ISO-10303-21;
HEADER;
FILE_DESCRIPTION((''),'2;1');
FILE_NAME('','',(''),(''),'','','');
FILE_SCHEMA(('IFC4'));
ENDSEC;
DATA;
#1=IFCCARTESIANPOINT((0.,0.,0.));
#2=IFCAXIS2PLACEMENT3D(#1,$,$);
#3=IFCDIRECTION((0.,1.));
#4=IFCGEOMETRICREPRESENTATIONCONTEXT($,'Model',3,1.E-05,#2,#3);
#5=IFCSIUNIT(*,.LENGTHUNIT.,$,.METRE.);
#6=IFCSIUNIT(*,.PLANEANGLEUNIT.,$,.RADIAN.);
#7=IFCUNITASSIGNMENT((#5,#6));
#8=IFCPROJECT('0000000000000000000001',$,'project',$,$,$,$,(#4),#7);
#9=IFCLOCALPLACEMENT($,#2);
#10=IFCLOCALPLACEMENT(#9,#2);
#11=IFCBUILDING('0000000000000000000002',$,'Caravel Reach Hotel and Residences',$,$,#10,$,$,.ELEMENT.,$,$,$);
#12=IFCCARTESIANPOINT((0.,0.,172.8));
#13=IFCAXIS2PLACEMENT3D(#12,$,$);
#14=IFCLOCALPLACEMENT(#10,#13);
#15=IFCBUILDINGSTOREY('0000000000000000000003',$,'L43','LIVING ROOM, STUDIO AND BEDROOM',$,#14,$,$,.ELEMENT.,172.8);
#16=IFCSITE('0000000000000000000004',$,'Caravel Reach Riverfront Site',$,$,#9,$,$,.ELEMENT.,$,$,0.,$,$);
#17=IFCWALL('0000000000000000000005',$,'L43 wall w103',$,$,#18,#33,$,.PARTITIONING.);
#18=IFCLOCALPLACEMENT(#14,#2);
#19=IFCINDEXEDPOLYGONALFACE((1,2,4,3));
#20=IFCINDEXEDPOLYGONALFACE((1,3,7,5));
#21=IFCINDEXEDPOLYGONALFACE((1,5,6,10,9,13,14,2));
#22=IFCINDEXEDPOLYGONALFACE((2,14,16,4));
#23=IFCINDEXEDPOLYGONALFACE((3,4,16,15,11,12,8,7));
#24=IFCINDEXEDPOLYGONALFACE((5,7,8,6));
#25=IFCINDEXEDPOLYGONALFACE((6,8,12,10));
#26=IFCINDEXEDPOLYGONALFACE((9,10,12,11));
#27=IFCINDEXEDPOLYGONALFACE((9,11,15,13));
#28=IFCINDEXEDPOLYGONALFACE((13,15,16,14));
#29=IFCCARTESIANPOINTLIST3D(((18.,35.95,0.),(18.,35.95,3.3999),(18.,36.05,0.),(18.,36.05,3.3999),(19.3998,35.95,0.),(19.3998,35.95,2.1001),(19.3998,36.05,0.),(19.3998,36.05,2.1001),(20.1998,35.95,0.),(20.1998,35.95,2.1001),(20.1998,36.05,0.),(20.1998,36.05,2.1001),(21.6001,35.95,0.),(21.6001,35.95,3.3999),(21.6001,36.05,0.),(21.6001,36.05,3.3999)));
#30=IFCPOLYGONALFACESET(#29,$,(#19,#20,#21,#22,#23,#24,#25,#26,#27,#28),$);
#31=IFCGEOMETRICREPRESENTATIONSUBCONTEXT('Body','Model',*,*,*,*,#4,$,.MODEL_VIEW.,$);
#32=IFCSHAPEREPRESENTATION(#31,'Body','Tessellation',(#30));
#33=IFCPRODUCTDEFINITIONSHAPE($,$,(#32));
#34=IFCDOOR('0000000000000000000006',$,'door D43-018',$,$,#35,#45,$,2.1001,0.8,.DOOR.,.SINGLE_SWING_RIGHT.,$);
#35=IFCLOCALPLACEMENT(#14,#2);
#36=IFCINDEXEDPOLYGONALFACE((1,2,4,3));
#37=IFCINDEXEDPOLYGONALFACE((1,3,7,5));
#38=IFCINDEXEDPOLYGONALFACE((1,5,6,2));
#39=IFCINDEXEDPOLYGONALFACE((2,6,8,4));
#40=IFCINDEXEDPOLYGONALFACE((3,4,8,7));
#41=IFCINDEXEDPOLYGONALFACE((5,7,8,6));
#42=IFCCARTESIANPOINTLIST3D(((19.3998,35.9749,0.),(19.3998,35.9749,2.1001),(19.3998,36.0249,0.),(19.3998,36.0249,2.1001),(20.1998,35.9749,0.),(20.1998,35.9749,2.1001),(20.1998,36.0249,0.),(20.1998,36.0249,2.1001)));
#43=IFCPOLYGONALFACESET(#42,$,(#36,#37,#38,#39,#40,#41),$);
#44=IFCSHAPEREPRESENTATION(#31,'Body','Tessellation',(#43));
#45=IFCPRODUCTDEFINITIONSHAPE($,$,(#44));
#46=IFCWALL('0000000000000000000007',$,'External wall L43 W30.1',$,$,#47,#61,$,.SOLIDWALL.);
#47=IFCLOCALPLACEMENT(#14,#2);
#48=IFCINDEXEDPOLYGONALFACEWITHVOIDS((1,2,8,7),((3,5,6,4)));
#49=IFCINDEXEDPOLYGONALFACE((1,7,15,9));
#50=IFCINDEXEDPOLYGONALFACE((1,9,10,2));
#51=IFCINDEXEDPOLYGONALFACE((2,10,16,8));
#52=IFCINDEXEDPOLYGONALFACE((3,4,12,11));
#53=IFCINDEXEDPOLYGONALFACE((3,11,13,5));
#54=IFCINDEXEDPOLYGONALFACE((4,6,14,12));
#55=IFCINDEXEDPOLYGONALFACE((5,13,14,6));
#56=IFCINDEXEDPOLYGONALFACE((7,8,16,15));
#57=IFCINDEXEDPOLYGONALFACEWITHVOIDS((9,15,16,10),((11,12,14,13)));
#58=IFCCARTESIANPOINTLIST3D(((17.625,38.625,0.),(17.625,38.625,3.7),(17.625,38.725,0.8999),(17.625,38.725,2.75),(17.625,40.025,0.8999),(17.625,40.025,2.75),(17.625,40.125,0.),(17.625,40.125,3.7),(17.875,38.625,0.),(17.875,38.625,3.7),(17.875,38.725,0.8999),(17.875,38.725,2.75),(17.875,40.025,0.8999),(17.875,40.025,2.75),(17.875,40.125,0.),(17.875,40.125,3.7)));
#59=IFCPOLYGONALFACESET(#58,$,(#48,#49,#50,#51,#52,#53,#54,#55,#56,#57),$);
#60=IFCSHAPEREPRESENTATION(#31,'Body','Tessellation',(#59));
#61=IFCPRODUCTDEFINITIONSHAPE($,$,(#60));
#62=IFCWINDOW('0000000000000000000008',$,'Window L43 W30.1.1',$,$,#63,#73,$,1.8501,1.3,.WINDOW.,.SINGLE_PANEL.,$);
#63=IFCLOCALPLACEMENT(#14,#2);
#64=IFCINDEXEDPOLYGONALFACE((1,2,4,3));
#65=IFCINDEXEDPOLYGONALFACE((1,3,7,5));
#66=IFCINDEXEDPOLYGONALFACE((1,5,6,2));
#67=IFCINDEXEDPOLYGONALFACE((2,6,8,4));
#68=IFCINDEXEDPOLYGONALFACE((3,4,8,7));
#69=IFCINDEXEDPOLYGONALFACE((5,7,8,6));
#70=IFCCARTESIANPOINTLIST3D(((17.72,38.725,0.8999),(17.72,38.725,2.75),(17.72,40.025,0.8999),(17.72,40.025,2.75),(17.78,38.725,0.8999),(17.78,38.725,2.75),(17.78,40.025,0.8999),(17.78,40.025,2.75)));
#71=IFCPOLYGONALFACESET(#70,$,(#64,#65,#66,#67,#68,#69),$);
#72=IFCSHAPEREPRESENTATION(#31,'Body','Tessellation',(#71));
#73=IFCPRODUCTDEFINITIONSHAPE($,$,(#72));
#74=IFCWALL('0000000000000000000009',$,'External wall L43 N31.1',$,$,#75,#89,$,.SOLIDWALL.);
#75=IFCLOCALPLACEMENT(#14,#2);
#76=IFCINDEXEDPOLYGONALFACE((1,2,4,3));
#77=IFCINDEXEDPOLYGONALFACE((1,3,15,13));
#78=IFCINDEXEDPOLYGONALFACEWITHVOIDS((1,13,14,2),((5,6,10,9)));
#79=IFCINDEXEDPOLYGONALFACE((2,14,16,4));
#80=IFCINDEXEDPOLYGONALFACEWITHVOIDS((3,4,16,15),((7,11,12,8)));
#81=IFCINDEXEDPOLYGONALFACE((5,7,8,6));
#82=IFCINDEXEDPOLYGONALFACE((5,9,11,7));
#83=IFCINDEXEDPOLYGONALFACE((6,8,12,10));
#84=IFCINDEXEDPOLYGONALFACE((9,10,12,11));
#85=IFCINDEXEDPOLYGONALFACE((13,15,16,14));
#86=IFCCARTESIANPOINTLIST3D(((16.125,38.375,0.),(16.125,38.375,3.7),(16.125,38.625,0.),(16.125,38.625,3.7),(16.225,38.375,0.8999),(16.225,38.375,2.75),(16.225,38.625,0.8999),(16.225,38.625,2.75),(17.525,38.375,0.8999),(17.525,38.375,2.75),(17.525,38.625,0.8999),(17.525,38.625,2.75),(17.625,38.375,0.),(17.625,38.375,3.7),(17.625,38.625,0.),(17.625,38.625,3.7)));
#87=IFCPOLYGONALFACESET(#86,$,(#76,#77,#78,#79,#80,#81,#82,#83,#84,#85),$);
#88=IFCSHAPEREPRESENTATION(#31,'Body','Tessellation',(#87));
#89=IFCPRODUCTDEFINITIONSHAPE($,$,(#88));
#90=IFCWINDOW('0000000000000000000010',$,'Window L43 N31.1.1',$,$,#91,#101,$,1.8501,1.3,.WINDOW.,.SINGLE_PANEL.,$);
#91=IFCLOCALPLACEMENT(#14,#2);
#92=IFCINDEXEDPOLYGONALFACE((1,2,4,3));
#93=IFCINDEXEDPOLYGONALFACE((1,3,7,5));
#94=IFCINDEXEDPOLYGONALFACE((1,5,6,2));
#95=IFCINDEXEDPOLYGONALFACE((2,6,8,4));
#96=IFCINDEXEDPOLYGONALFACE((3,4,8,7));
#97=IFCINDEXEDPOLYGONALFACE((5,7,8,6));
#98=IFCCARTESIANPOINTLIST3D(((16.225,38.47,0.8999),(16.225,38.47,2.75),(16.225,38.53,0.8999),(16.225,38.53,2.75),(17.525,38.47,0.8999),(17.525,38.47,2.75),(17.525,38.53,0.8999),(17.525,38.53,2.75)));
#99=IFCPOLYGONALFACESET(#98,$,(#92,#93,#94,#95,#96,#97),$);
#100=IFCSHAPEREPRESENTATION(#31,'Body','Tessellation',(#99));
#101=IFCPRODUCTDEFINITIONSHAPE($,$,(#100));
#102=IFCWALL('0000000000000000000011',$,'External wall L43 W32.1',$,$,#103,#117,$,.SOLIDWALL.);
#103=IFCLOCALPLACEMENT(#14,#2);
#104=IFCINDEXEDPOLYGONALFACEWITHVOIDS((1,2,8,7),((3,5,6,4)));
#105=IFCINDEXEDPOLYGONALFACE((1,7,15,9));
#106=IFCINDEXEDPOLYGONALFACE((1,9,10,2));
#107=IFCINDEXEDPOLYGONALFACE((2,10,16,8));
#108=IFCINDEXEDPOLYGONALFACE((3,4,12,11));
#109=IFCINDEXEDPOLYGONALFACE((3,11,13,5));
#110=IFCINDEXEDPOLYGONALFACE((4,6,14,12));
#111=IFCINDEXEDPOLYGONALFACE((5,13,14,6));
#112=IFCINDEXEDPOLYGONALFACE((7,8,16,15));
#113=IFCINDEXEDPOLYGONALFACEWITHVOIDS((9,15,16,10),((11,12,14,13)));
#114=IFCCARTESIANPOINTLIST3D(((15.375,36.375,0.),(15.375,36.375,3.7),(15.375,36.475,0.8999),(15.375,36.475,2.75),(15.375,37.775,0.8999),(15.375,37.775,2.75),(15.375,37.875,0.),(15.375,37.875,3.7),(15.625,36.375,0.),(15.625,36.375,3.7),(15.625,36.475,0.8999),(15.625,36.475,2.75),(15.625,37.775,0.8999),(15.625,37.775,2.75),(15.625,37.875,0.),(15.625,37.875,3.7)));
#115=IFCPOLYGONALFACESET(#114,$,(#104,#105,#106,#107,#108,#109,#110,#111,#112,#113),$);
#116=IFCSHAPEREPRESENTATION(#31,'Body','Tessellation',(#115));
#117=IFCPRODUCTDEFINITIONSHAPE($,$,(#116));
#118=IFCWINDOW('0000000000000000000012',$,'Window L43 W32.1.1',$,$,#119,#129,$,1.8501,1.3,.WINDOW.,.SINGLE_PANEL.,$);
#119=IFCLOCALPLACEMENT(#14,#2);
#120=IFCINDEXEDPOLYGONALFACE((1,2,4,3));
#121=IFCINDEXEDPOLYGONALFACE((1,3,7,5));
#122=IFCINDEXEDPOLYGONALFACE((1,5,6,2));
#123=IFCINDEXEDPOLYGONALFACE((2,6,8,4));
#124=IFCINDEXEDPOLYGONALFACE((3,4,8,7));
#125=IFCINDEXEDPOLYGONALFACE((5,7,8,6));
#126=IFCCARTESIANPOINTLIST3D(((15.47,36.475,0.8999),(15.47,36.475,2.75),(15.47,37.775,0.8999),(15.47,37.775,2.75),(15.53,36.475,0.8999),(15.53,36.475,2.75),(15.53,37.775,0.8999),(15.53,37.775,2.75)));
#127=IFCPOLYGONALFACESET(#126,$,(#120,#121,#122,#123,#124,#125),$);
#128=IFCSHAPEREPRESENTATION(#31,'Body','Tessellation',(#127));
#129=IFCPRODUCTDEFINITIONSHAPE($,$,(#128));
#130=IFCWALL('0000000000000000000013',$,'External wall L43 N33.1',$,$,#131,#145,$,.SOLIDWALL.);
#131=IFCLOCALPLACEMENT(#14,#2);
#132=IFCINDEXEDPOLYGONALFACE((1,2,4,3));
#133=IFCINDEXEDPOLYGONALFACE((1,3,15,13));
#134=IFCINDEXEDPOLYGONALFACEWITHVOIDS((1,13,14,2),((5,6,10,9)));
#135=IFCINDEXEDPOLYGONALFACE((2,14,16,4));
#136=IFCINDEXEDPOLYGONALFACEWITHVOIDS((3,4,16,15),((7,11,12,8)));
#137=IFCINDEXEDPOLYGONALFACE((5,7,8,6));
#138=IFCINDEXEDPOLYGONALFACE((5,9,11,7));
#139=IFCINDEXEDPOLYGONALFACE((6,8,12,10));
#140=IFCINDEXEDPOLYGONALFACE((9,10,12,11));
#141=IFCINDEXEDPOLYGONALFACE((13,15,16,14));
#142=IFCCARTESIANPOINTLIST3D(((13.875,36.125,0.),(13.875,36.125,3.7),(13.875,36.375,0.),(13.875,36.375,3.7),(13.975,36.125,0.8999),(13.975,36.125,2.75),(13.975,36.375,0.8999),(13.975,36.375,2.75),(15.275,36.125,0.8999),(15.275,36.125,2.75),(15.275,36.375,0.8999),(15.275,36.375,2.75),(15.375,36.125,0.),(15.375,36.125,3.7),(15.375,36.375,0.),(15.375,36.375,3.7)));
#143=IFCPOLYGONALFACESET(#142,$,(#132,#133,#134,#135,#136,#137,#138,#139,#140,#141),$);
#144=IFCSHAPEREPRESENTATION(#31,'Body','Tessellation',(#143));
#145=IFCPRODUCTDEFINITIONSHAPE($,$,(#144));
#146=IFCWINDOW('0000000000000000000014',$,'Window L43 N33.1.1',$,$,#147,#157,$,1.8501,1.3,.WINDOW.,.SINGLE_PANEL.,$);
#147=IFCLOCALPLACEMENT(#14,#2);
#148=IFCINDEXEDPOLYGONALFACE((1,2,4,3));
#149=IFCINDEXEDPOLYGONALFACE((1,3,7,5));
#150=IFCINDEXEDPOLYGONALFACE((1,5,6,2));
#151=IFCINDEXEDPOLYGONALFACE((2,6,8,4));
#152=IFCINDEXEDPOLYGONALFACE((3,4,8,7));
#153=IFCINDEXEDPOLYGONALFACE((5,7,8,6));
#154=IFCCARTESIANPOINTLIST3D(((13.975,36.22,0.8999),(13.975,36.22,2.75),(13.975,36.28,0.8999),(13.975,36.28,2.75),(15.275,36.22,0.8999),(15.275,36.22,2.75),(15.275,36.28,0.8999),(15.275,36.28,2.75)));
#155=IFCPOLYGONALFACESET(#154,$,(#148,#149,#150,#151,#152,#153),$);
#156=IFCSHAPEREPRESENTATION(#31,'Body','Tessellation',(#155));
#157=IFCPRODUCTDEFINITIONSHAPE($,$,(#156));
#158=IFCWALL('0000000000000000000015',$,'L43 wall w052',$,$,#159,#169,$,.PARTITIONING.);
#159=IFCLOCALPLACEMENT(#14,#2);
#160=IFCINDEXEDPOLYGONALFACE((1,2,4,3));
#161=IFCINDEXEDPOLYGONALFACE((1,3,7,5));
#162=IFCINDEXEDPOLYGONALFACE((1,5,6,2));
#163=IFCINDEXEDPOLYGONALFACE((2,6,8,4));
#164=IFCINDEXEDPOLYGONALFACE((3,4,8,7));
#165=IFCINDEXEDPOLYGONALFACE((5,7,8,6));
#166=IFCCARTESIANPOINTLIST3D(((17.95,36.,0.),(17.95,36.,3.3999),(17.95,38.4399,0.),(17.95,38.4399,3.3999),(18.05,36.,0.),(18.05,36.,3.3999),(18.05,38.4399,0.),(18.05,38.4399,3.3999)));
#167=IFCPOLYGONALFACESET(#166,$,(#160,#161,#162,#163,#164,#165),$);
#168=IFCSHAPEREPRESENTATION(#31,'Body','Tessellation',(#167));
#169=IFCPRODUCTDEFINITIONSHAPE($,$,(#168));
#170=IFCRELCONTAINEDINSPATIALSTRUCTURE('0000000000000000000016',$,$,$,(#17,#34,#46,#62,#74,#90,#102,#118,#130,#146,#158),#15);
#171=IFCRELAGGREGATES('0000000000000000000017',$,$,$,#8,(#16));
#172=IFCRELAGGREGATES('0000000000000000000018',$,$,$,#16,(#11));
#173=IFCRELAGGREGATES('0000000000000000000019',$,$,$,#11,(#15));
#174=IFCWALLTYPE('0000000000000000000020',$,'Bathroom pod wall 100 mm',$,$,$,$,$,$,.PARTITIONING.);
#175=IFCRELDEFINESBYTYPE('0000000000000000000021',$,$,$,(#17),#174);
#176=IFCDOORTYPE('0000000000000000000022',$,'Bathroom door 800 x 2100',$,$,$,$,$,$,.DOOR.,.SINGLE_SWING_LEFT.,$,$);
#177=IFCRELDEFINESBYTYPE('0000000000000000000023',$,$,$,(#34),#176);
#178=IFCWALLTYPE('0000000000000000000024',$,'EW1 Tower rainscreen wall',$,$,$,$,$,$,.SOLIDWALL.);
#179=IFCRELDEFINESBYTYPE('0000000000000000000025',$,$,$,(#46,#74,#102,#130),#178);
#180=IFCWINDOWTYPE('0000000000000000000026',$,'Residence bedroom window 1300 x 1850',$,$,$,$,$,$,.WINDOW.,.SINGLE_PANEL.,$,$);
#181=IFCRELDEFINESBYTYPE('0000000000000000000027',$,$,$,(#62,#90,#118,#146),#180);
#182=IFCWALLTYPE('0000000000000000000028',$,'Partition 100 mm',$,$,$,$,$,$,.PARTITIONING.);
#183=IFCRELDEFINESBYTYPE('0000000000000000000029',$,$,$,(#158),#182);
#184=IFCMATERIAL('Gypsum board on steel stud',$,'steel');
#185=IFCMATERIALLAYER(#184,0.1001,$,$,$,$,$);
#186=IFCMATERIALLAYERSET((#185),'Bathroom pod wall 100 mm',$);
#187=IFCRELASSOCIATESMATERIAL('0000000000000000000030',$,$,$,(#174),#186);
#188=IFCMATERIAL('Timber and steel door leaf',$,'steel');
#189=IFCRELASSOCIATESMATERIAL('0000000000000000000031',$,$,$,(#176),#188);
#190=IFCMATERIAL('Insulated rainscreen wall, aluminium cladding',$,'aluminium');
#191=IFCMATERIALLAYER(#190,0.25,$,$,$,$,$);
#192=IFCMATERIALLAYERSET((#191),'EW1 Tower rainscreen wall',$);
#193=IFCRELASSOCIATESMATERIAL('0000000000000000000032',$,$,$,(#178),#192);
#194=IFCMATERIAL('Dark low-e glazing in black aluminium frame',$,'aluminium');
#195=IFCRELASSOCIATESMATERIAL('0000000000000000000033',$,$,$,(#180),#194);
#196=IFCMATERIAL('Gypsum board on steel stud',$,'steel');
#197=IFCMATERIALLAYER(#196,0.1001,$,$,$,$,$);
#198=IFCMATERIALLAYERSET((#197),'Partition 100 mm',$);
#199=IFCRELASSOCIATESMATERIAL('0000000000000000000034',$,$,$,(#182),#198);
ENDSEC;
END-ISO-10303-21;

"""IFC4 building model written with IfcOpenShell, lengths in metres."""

from ifc_helpers import new_model, si_unit, direction, frame, frame_2d, origin, place, context, subcontext, project, spatial, rectangle, extrude, material, layer, layer_set, type_object, element, fill, save


model = new_model("IFC4")

# Units and contexts
model_context = context("Model", 3, precision=1e-05, world=origin(), true_north=direction((0.0, 1.0)))
body_context = subcontext(model_context, "Body", "Model", "MODEL_VIEW")
ifc_project = project(units=[si_unit("LENGTHUNIT", "METRE"), si_unit("PLANEANGLEUNIT", "RADIAN")], contexts=[model_context])

# Site, building, storey
site_placement = place(None, origin())
site = spatial("IfcSite", under=ifc_project, at=site_placement, Name="Caravel Reach Riverfront Site", CompositionType="ELEMENT", RefElevation=0.0)
building_placement = place(site_placement, origin())
building = spatial("IfcBuilding", under=site, at=building_placement, Name="Caravel Reach Hotel and Residences", CompositionType="ELEMENT")
storey_placement = place(building_placement, frame((0.0, 0.0, 172.8)))
storey = spatial("IfcBuildingStorey", under=building, at=storey_placement, Name="L43", Description="LIVING ROOM, STUDIO AND BEDROOM", CompositionType="ELEMENT", Elevation=172.8)

# Wall, opening, door
ifc_material_1 = material(Name="Gypsum board on steel stud", Category="steel")
ifc_layer_1 = layer(ifc_material_1, 0.1001)
ifc_layer_set_1 = layer_set([ifc_layer_1], Name="Bathroom pod wall 100 mm")
wall_type_1 = type_object("IfcWallType", Name="Bathroom pod wall 100 mm", PredefinedType="PARTITIONING", material=ifc_layer_set_1)
wall_1_placement = place(storey_placement, frame((18.0, 36.0, 0.0), z_axis=(0.0, 0.0, 1.0), x_axis=(1.0, 0.0, 0.0)))
wall_1 = element("IfcWall", 1, at=wall_1_placement, inside=storey, type_object=wall_type_1, Name="L43 wall w103", PredefinedType="PARTITIONING", context=body_context, shape_type="SweptSolid", body=[
    extrude(rectangle(XDim=3.6001, YDim=0.1001, at=frame_2d((1.8, 0.0))), origin(), (0.0, 0.0, 1.0), 3.3999),
])
opening_1_placement = place(wall_1_placement, frame((1.3999, 0.0, 0.0)))
opening_1 = element("IfcOpeningElement", 2, at=opening_1_placement, cuts=wall_1, PredefinedType="OPENING", context=body_context, shape_type="SweptSolid", body=[
    extrude(rectangle(XDim=0.8, YDim=2.1001, at=frame_2d((0.3999, 1.05))), frame((0.0, 0.0601, 0.0), z_axis=(0.0, -1.0, 0.0), x_axis=(1.0, 0.0, 0.0)), (0.0, 0.0, 1.0), 0.1201),
])
ifc_material_2 = material(Name="Timber and steel door leaf", Category="steel")
door_type = type_object("IfcDoorType", Name="Bathroom door 800 x 2100", OperationType="SINGLE_SWING_LEFT", PredefinedType="DOOR", material=ifc_material_2)
door_placement = place(opening_1_placement, origin())
door = element("IfcDoor", 3, at=door_placement, inside=storey, type_object=door_type, Name="door D43-018", OperationType="SINGLE_SWING_RIGHT", OverallHeight=2.1001, OverallWidth=0.8, PredefinedType="DOOR", context=body_context, shape_type="SweptSolid", body=[
    extrude(rectangle(XDim=0.8, YDim=2.1001, at=frame_2d((0.3999, 1.05))), frame((0.0, 0.0249, 0.0), z_axis=(0.0, -1.0, 0.0), x_axis=(1.0, 0.0, 0.0)), (0.0, 0.0, 1.0), 0.05),
])
fill(opening_1, door)

# Walls, openings, windows
ifc_material_3 = material(Name="Insulated rainscreen wall, aluminium cladding", Category="aluminium")
ifc_layer_2 = layer(ifc_material_3, 0.25)
ifc_layer_set_2 = layer_set([ifc_layer_2], Name="EW1 Tower rainscreen wall")
wall_type_2 = type_object("IfcWallType", Name="EW1 Tower rainscreen wall", PredefinedType="SOLIDWALL", material=ifc_layer_set_2)
wall_2_placement = place(storey_placement, frame((17.75, 40.125, 0.0), z_axis=(0.0, 0.0, 1.0), x_axis=(0.0, -1.0, 0.0)))
wall_2 = element("IfcWall", 4, at=wall_2_placement, inside=storey, type_object=wall_type_2, Name="External wall L43 W30.1", PredefinedType="SOLIDWALL", context=body_context, shape_type="SweptSolid", body=[
    extrude(rectangle(XDim=1.5, YDim=0.25, at=frame_2d((0.75, 0.0))), origin(), (0.0, 0.0, 1.0), 3.7),
])
opening_2_placement = place(wall_2_placement, frame((0.1001, 0.0, 0.8999)))
opening_2 = element("IfcOpeningElement", 5, at=opening_2_placement, cuts=wall_2, PredefinedType="OPENING", context=body_context, shape_type="SweptSolid", body=[
    extrude(rectangle(XDim=1.3, YDim=1.8501, at=frame_2d((0.6499, 0.925))), frame((0.0, 0.135, 0.0), z_axis=(0.0, -1.0, 0.0), x_axis=(1.0, 0.0, 0.0)), (0.0, 0.0, 1.0), 0.27),
])
ifc_material_4 = material(Name="Dark low-e glazing in black aluminium frame", Category="aluminium")
window_type = type_object("IfcWindowType", Name="Residence bedroom window 1300 x 1850", PartitioningType="SINGLE_PANEL", PredefinedType="WINDOW", material=ifc_material_4)
window_1_placement = place(opening_2_placement, origin())
window_1 = element("IfcWindow", 6, at=window_1_placement, inside=storey, type_object=window_type, Name="Window L43 W30.1.1", OverallHeight=1.8501, OverallWidth=1.3, PartitioningType="SINGLE_PANEL", PredefinedType="WINDOW", context=body_context, shape_type="SweptSolid", body=[
    extrude(rectangle(XDim=1.3, YDim=1.8501, at=frame_2d((0.6499, 0.925))), frame((0.0, 0.03, 0.0), z_axis=(0.0, -1.0, 0.0), x_axis=(1.0, 0.0, 0.0)), (0.0, 0.0, 1.0), 0.0601),
])
fill(opening_2, window_1)
wall_3_placement = place(storey_placement, frame((17.625, 38.5, 0.0), z_axis=(0.0, 0.0, 1.0), x_axis=(-1.0, 0.0, 0.0)))
wall_3 = element("IfcWall", 7, at=wall_3_placement, inside=storey, type_object=wall_type_2, Name="External wall L43 N31.1", PredefinedType="SOLIDWALL", context=body_context, shape_type="SweptSolid", body=[
    extrude(rectangle(XDim=1.5, YDim=0.25, at=frame_2d((0.75, 0.0))), origin(), (0.0, 0.0, 1.0), 3.7),
])
opening_3_placement = place(wall_3_placement, frame((0.1001, 0.0, 0.8999)))
opening_3 = element("IfcOpeningElement", 8, at=opening_3_placement, cuts=wall_3, PredefinedType="OPENING", context=body_context, shape_type="SweptSolid", body=[
    extrude(rectangle(XDim=1.3, YDim=1.8501, at=frame_2d((0.6499, 0.925))), frame((0.0, 0.135, 0.0), z_axis=(0.0, -1.0, 0.0), x_axis=(1.0, 0.0, 0.0)), (0.0, 0.0, 1.0), 0.27),
])
window_2_placement = place(opening_3_placement, origin())
window_2 = element("IfcWindow", 9, at=window_2_placement, inside=storey, type_object=window_type, Name="Window L43 N31.1.1", OverallHeight=1.8501, OverallWidth=1.3, PartitioningType="SINGLE_PANEL", PredefinedType="WINDOW", context=body_context, shape_type="SweptSolid", body=[
    extrude(rectangle(XDim=1.3, YDim=1.8501, at=frame_2d((0.6499, 0.925))), frame((0.0, 0.03, 0.0), z_axis=(0.0, -1.0, 0.0), x_axis=(1.0, 0.0, 0.0)), (0.0, 0.0, 1.0), 0.0601),
])
fill(opening_3, window_2)
wall_4_placement = place(storey_placement, frame((15.5, 37.875, 0.0), z_axis=(0.0, 0.0, 1.0), x_axis=(0.0, -1.0, 0.0)))
wall_4 = element("IfcWall", 10, at=wall_4_placement, inside=storey, type_object=wall_type_2, Name="External wall L43 W32.1", PredefinedType="SOLIDWALL", context=body_context, shape_type="SweptSolid", body=[
    extrude(rectangle(XDim=1.5, YDim=0.25, at=frame_2d((0.75, 0.0))), origin(), (0.0, 0.0, 1.0), 3.7),
])
opening_4_placement = place(wall_4_placement, frame((0.1001, 0.0, 0.8999)))
opening_4 = element("IfcOpeningElement", 11, at=opening_4_placement, cuts=wall_4, PredefinedType="OPENING", context=body_context, shape_type="SweptSolid", body=[
    extrude(rectangle(XDim=1.3, YDim=1.8501, at=frame_2d((0.6499, 0.925))), frame((0.0, 0.135, 0.0), z_axis=(0.0, -1.0, 0.0), x_axis=(1.0, 0.0, 0.0)), (0.0, 0.0, 1.0), 0.27),
])
window_3_placement = place(opening_4_placement, origin())
window_3 = element("IfcWindow", 12, at=window_3_placement, inside=storey, type_object=window_type, Name="Window L43 W32.1.1", OverallHeight=1.8501, OverallWidth=1.3, PartitioningType="SINGLE_PANEL", PredefinedType="WINDOW", context=body_context, shape_type="SweptSolid", body=[
    extrude(rectangle(XDim=1.3, YDim=1.8501, at=frame_2d((0.6499, 0.925))), frame((0.0, 0.03, 0.0), z_axis=(0.0, -1.0, 0.0), x_axis=(1.0, 0.0, 0.0)), (0.0, 0.0, 1.0), 0.0601),
])
fill(opening_4, window_3)
wall_5_placement = place(storey_placement, frame((15.375, 36.25, 0.0), z_axis=(0.0, 0.0, 1.0), x_axis=(-1.0, 0.0, 0.0)))
wall_5 = element("IfcWall", 13, at=wall_5_placement, inside=storey, type_object=wall_type_2, Name="External wall L43 N33.1", PredefinedType="SOLIDWALL", context=body_context, shape_type="SweptSolid", body=[
    extrude(rectangle(XDim=1.5, YDim=0.25, at=frame_2d((0.75, 0.0))), origin(), (0.0, 0.0, 1.0), 3.7),
])
opening_5_placement = place(wall_5_placement, frame((0.1001, 0.0, 0.8999)))
opening_5 = element("IfcOpeningElement", 14, at=opening_5_placement, cuts=wall_5, PredefinedType="OPENING", context=body_context, shape_type="SweptSolid", body=[
    extrude(rectangle(XDim=1.3, YDim=1.8501, at=frame_2d((0.6499, 0.925))), frame((0.0, 0.135, 0.0), z_axis=(0.0, -1.0, 0.0), x_axis=(1.0, 0.0, 0.0)), (0.0, 0.0, 1.0), 0.27),
])
window_4_placement = place(opening_5_placement, origin())
window_4 = element("IfcWindow", 15, at=window_4_placement, inside=storey, type_object=window_type, Name="Window L43 N33.1.1", OverallHeight=1.8501, OverallWidth=1.3, PartitioningType="SINGLE_PANEL", PredefinedType="WINDOW", context=body_context, shape_type="SweptSolid", body=[
    extrude(rectangle(XDim=1.3, YDim=1.8501, at=frame_2d((0.6499, 0.925))), frame((0.0, 0.03, 0.0), z_axis=(0.0, -1.0, 0.0), x_axis=(1.0, 0.0, 0.0)), (0.0, 0.0, 1.0), 0.0601),
])
fill(opening_5, window_4)

# Wall
ifc_material_5 = material(Name="Gypsum board on steel stud", Category="steel")
ifc_layer_3 = layer(ifc_material_5, 0.1001)
ifc_layer_set_3 = layer_set([ifc_layer_3], Name="Partition 100 mm")
wall_type_3 = type_object("IfcWallType", Name="Partition 100 mm", PredefinedType="PARTITIONING", material=ifc_layer_set_3)
wall_6_placement = place(storey_placement, frame((18.0, 36.0, 0.0), z_axis=(0.0, 0.0, 1.0), x_axis=(0.0, 1.0, 0.0)))
element("IfcWall", 16, at=wall_6_placement, inside=storey, type_object=wall_type_3, Name="L43 wall w052", PredefinedType="PARTITIONING", context=body_context, shape_type="SweptSolid", body=[
    extrude(rectangle(XDim=2.4399, YDim=0.1001, at=frame_2d((1.22, 0.0))), origin(), (0.0, 0.0, 1.0), 3.3999),
])

save(model, "model.ifc")
